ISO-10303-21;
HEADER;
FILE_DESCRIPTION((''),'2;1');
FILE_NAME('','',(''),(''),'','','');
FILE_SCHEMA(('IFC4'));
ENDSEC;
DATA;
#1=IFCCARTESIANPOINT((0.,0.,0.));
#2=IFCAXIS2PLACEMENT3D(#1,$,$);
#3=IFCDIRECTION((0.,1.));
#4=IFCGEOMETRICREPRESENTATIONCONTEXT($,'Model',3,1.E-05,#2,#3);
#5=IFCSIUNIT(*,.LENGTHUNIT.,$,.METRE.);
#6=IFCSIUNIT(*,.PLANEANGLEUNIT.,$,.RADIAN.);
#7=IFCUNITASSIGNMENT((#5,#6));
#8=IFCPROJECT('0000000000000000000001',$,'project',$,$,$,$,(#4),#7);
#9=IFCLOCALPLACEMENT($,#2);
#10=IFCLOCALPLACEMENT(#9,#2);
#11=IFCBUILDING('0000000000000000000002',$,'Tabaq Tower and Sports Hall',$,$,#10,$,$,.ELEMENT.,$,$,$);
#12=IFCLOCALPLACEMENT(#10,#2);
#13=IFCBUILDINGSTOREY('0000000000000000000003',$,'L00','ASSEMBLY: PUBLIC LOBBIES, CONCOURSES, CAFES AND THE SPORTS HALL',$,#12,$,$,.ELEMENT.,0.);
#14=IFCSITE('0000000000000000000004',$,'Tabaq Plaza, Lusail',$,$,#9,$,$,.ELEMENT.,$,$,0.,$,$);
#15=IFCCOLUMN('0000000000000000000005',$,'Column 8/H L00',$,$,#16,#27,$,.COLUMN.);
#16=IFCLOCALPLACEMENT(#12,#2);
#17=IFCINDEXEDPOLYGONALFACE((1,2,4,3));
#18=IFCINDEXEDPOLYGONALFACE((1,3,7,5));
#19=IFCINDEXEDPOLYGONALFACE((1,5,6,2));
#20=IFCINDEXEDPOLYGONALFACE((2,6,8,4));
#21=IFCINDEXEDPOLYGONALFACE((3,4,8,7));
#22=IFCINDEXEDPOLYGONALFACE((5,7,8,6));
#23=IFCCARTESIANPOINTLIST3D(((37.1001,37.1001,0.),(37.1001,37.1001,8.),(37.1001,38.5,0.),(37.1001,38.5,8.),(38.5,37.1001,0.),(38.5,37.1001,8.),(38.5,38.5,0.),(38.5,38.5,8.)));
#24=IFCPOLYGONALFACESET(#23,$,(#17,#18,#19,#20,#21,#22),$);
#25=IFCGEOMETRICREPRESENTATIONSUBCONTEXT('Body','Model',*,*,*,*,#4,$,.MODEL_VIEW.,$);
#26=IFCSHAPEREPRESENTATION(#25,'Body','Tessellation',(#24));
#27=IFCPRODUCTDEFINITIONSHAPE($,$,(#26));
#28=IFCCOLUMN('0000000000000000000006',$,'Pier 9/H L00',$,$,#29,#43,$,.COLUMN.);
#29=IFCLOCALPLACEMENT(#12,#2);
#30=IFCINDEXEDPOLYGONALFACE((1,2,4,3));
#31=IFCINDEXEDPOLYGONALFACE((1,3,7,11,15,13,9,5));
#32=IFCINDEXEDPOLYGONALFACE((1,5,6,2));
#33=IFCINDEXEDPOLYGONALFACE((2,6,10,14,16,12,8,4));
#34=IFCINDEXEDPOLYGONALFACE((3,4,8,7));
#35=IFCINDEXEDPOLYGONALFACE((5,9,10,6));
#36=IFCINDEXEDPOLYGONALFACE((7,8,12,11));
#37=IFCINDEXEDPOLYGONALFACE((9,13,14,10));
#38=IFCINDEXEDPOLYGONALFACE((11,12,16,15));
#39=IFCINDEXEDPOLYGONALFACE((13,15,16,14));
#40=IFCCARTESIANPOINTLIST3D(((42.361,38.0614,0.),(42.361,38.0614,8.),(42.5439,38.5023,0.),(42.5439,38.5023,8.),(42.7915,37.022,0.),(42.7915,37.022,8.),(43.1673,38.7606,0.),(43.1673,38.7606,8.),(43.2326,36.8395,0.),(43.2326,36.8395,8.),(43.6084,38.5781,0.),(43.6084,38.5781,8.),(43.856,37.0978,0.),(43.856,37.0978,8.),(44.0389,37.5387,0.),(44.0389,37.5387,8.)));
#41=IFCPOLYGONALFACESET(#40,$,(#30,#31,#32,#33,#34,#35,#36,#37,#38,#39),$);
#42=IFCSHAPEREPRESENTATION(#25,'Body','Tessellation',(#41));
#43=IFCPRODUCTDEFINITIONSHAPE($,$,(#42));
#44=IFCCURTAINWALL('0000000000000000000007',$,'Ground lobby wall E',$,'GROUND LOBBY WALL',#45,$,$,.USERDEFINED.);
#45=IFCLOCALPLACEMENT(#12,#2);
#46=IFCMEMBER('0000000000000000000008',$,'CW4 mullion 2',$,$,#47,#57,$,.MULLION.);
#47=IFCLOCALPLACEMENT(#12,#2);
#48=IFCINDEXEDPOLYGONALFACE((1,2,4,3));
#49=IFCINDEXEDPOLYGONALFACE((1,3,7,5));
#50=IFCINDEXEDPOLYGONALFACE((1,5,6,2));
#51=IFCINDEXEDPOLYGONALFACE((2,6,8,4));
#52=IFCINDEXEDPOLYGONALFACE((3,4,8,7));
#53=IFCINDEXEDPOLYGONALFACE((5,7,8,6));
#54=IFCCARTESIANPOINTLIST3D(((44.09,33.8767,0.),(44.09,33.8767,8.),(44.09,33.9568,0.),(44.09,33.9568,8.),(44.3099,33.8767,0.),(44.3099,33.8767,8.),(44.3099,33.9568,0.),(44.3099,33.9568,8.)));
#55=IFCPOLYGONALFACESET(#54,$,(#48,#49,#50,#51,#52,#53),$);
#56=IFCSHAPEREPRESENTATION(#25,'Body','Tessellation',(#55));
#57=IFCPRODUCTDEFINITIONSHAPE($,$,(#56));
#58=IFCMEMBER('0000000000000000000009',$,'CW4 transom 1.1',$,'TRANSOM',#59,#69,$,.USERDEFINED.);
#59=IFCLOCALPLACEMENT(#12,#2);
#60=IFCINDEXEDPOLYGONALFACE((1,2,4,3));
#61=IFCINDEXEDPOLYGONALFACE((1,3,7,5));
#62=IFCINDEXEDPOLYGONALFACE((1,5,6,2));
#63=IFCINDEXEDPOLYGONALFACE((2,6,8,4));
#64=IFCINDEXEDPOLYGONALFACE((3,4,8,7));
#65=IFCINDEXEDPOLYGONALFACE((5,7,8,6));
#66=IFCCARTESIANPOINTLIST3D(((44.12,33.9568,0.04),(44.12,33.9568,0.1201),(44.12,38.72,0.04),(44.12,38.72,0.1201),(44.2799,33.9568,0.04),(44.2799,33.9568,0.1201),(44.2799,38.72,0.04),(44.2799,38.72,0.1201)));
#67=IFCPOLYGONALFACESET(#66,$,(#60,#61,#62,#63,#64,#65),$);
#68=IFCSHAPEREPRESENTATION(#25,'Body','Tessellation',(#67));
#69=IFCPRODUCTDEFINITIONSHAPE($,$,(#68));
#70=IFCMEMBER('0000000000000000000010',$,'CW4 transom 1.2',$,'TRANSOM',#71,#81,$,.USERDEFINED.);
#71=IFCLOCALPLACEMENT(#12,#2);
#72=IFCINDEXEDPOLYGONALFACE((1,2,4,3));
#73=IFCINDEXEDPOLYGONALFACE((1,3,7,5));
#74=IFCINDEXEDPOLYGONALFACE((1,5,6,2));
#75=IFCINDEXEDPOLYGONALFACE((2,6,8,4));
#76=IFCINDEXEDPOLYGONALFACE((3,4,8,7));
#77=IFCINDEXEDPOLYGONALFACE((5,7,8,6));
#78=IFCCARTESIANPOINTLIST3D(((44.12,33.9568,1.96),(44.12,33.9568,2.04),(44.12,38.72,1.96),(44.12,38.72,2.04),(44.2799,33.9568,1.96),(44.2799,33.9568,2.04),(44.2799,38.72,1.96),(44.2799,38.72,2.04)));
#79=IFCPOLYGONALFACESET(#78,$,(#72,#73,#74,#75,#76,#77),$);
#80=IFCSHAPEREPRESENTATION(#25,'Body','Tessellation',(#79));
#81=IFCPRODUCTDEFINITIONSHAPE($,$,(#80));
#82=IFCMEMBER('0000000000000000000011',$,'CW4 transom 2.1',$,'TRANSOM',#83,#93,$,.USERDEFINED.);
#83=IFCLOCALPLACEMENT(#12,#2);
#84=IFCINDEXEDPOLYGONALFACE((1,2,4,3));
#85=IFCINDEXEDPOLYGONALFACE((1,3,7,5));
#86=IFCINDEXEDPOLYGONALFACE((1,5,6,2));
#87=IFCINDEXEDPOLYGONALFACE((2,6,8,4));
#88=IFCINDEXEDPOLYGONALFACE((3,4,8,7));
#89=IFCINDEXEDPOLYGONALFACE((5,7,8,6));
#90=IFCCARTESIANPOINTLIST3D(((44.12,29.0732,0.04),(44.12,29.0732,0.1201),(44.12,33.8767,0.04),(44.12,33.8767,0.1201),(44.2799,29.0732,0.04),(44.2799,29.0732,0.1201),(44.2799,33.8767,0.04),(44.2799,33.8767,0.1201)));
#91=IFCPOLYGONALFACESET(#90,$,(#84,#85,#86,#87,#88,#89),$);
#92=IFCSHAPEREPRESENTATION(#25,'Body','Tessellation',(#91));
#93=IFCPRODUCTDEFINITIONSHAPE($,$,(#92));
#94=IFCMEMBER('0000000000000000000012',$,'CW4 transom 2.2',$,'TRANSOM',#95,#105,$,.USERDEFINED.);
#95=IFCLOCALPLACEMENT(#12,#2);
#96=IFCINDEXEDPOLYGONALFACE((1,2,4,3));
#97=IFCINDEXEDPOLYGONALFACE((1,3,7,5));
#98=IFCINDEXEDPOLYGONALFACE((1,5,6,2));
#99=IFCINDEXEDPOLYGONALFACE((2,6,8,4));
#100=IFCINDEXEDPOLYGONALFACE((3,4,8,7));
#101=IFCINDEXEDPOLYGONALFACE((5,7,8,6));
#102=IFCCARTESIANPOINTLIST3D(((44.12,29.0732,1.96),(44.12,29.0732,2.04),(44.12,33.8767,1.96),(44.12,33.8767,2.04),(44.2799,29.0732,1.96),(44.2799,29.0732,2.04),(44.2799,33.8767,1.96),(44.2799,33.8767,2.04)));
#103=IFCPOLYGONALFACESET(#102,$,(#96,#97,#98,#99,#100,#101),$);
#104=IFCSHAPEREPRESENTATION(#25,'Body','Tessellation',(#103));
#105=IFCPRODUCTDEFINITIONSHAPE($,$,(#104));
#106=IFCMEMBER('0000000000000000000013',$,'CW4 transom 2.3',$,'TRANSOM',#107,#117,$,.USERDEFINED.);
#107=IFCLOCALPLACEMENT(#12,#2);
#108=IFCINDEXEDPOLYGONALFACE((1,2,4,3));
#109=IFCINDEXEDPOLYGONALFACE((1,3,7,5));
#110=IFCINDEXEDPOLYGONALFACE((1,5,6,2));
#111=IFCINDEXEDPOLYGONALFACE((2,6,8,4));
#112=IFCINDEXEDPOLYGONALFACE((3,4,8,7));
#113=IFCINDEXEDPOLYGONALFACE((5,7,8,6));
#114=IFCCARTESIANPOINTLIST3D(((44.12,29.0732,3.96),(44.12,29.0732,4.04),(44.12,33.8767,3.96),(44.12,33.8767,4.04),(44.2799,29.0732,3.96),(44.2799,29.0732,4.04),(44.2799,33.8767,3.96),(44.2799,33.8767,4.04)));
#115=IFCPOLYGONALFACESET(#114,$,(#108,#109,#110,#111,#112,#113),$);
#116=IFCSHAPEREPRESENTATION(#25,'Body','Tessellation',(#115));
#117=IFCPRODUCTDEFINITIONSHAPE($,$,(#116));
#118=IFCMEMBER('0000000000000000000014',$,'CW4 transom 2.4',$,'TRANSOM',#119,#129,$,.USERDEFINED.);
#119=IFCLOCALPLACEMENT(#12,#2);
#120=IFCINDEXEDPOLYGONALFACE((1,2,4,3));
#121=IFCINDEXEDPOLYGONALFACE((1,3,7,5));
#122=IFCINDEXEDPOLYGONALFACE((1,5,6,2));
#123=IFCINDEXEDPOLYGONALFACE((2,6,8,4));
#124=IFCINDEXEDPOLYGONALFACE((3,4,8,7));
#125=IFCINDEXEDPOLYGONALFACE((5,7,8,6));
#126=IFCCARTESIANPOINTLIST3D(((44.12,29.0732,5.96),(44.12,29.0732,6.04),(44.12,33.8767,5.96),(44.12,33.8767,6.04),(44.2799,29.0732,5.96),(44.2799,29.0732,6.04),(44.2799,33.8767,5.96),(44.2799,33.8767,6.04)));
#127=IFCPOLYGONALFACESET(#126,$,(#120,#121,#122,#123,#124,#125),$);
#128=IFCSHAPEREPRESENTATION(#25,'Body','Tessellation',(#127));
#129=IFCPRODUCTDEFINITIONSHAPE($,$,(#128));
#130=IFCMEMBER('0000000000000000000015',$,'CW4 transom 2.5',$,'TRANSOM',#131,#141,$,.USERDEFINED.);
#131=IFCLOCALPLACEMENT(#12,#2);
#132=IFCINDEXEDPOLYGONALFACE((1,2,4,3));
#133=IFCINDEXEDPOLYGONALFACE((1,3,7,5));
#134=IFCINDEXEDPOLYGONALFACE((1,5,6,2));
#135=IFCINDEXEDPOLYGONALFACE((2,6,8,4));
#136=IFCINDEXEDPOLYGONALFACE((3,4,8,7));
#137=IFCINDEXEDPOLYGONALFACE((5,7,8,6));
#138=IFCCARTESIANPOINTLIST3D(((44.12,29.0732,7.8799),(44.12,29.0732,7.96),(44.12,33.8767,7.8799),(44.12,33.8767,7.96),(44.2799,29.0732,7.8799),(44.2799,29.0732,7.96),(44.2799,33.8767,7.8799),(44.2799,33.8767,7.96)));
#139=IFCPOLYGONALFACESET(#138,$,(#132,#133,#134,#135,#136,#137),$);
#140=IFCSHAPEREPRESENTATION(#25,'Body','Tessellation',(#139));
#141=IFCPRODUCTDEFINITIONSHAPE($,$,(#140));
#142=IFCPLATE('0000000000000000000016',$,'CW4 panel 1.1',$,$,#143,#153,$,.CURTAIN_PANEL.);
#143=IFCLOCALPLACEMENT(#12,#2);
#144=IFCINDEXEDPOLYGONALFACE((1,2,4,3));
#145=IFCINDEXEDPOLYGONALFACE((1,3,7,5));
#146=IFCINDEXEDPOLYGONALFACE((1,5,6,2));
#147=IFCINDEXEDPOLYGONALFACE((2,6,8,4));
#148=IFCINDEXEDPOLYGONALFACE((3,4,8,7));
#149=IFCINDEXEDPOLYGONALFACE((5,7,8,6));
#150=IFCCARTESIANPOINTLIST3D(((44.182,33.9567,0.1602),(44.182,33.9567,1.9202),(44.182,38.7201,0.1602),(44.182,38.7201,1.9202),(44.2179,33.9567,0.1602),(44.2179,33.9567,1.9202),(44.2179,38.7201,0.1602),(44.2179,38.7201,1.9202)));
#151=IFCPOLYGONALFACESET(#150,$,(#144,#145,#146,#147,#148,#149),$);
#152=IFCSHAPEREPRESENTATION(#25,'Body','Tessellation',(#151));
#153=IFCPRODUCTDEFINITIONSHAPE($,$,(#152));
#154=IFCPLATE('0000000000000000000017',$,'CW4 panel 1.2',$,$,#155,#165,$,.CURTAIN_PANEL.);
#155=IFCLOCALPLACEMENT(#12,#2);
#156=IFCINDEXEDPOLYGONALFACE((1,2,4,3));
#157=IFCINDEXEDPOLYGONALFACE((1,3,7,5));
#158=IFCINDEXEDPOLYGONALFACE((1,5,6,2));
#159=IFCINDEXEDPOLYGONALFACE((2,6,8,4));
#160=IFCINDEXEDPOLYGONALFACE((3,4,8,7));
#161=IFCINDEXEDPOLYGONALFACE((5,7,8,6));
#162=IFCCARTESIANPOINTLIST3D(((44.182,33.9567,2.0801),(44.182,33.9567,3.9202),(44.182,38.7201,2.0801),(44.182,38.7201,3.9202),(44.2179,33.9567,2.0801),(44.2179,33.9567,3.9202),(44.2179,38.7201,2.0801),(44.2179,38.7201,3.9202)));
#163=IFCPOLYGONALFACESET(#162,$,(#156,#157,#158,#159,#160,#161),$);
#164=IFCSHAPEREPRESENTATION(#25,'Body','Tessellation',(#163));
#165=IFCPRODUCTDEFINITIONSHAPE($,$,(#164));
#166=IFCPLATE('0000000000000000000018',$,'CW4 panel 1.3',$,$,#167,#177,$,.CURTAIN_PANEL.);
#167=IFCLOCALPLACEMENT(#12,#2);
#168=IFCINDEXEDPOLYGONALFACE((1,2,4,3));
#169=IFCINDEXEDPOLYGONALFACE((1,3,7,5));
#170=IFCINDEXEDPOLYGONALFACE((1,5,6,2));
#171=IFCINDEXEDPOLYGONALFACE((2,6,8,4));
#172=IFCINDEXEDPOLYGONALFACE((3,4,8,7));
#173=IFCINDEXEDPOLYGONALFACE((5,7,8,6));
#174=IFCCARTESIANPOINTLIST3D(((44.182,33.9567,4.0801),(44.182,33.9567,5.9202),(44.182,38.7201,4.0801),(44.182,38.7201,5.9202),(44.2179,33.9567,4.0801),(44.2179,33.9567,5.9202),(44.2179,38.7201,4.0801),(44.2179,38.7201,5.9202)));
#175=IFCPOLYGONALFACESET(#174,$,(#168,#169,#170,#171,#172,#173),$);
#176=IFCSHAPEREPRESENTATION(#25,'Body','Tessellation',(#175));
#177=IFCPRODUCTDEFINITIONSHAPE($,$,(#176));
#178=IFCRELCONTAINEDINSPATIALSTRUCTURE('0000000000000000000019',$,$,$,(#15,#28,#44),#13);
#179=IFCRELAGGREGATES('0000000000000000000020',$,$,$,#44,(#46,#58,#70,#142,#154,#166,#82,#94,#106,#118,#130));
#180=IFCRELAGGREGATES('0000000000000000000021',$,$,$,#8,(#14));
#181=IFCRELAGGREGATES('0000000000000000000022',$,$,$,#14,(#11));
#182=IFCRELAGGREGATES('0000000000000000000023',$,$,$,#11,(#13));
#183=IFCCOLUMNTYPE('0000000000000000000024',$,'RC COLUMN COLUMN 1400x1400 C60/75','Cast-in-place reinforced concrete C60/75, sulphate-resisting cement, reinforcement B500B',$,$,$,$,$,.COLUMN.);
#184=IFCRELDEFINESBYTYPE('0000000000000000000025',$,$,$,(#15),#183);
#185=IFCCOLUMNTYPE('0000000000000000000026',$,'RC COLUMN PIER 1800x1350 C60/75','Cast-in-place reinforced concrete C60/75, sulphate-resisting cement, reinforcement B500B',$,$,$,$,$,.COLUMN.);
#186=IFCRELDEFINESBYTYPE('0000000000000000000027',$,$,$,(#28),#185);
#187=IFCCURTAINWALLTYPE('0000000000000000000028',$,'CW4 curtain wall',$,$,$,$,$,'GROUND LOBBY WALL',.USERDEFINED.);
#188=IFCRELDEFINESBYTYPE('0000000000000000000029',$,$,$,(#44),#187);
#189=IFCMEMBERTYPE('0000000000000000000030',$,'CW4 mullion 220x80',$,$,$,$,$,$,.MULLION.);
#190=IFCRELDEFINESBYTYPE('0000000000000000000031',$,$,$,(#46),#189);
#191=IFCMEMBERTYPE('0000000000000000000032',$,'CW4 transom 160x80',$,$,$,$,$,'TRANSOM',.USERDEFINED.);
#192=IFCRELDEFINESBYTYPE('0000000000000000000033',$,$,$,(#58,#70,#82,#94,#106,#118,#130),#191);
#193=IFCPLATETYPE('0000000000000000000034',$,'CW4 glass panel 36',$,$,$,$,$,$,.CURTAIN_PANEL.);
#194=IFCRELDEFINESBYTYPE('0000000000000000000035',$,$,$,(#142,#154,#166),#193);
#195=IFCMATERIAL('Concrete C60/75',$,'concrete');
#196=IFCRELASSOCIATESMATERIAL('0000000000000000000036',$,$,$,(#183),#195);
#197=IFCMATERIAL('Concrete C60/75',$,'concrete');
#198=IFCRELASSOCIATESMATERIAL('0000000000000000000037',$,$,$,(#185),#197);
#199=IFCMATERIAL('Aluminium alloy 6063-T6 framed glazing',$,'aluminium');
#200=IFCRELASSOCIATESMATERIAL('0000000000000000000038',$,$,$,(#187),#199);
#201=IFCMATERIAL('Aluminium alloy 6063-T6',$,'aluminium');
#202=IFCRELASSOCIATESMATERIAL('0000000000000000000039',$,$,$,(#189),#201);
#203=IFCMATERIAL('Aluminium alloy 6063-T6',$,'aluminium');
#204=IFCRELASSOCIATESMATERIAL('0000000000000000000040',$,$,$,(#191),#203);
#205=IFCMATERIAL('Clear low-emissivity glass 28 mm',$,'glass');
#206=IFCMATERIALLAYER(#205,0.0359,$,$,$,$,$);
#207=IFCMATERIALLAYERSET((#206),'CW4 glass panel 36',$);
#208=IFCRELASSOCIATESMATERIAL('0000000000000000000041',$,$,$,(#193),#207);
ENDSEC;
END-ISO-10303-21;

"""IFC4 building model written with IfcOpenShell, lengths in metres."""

from ifc_helpers import new_model, si_unit, direction, frame, origin, origin_2d, place, context, subcontext, project, spatial, polyline, rectangle, outline, extrude, material, layer, layer_set, material_profile, profile_set, type_object, element, aggregate, save


model = new_model("IFC4")

# Units and contexts
model_context = context("Model", 3, precision=1e-05, world=origin(), true_north=direction((0.0, 1.0)))
body_context = subcontext(model_context, "Body", "Model", "MODEL_VIEW")
ifc_project = project(units=[si_unit("LENGTHUNIT", "METRE"), si_unit("PLANEANGLEUNIT", "RADIAN")], contexts=[model_context])

# Site, building, storey
site_placement = place(None, origin())
site = spatial("IfcSite", under=ifc_project, at=site_placement, Name="Tabaq Plaza, Lusail", CompositionType="ELEMENT", RefElevation=0.0)
building_placement = place(site_placement, origin())
building = spatial("IfcBuilding", under=site, at=building_placement, Name="Tabaq Tower and Sports Hall", CompositionType="ELEMENT")
storey_placement = place(building_placement, origin())
storey = spatial("IfcBuildingStorey", under=building, at=storey_placement, Name="L00", Description="ASSEMBLY: PUBLIC LOBBIES, CONCOURSES, CAFES AND THE SPORTS HALL", CompositionType="ELEMENT", Elevation=0.0)

# Columns
ifc_material_1 = material(Name="Concrete C60/75", Category="concrete")
ifc_material_profile_1 = material_profile(ifc_material_1, rectangle(XDim=1.3999, YDim=1.3999, at=origin_2d()), Name="COLUMN 1400x1400")
ifc_profile_set_1 = profile_set([ifc_material_profile_1], Name="Concrete C60/75")
column_type_1 = type_object("IfcColumnType", Name="RC COLUMN COLUMN 1400x1400 C60/75", Description="Cast-in-place reinforced concrete C60/75, sulphate-resisting cement, reinforcement B500B", PredefinedType="COLUMN", material=ifc_profile_set_1)
column_1_placement = place(storey_placement, frame((37.8, 37.8, 0.0), z_axis=(0.0, 0.0, 1.0), x_axis=(1.0, 0.0, 0.0)))
element("IfcColumn", 1, at=column_1_placement, inside=storey, type_object=column_type_1, Name="Column 8/H L00", PredefinedType="COLUMN", context=body_context, shape_type="SweptSolid", body=[
    extrude(rectangle(XDim=1.3999, YDim=1.3999, at=origin_2d()), origin(), (0.0, 0.0, 1.0), 8.0),
])
ifc_material_2 = material(Name="Concrete C60/75", Category="concrete")
ifc_material_profile_2 = material_profile(ifc_material_2, outline(polyline([(-0.5625, -0.675), (0.5625, -0.675), (0.8999, -0.3374), (0.8999, 0.3374), (0.5625, 0.675), (-0.5625, 0.675), (-0.8999, 0.3374), (-0.8999, -0.3374), (-0.5625, -0.675)])), Name="PIER 1800x1350")
ifc_profile_set_2 = profile_set([ifc_material_profile_2], Name="Concrete C60/75")
column_type_2 = type_object("IfcColumnType", Name="RC COLUMN PIER 1800x1350 C60/75", Description="Cast-in-place reinforced concrete C60/75, sulphate-resisting cement, reinforcement B500B", PredefinedType="COLUMN", material=ifc_profile_set_2)
column_2_placement = place(storey_placement, frame((43.2, 37.8, 0.0), z_axis=(0.0, 0.0, 1.0), x_axis=(-0.382683, 0.92388, 0.0)))
element("IfcColumn", 2, at=column_2_placement, inside=storey, type_object=column_type_2, Name="Pier 9/H L00", PredefinedType="COLUMN", context=body_context, shape_type="SweptSolid", body=[
    extrude(outline(polyline([(-0.5625, -0.675), (0.5625, -0.675), (0.8999, -0.3374), (0.8999, 0.3374), (0.5625, 0.675), (-0.5625, 0.675), (-0.8999, 0.3374), (-0.8999, -0.3374), (-0.5625, -0.675)])), origin(), (0.0, 0.0, 1.0), 8.0),
])

# Curtain wall, members, plates
ifc_material_3 = material(Name="Aluminium alloy 6063-T6 framed glazing", Category="aluminium")
curtain_wall_type = type_object("IfcCurtainWallType", Name="CW4 curtain wall", ElementType="GROUND LOBBY WALL", PredefinedType="USERDEFINED", material=ifc_material_3)
curtain_wall_placement = place(storey_placement, origin())
curtain_wall = element("IfcCurtainWall", 3, at=curtain_wall_placement, inside=storey, type_object=curtain_wall_type, Name="Ground lobby wall E", ObjectType="GROUND LOBBY WALL", PredefinedType="USERDEFINED")
ifc_material_4 = material(Name="Aluminium alloy 6063-T6", Category="aluminium")
ifc_material_profile_3 = material_profile(ifc_material_4, rectangle(XDim=0.22, YDim=0.0801, at=origin_2d()), Name="MULLION 220x80")
ifc_profile_set_3 = profile_set([ifc_material_profile_3], Name="Aluminium alloy 6063-T6")
member_type_1 = type_object("IfcMemberType", Name="CW4 mullion 220x80", PredefinedType="MULLION", material=ifc_profile_set_3)
member_1_placement = place(storey_placement, frame((44.2, 33.9167, 0.0), z_axis=(0.0, 0.0, 1.0), x_axis=(1.0, 0.0, 0.0)))
member_1 = element("IfcMember", 4, at=member_1_placement, type_object=member_type_1, Name="CW4 mullion 2", PredefinedType="MULLION", context=body_context, shape_type="SweptSolid", body=[
    extrude(rectangle(XDim=0.22, YDim=0.0801, at=origin_2d()), origin(), (0.0, 0.0, 1.0), 8.0),
])
ifc_material_5 = material(Name="Aluminium alloy 6063-T6", Category="aluminium")
ifc_material_profile_4 = material_profile(ifc_material_5, rectangle(XDim=0.1599, YDim=0.0801, at=origin_2d()), Name="TRANSOM 160x80")
ifc_profile_set_4 = profile_set([ifc_material_profile_4], Name="Aluminium alloy 6063-T6")
member_type_2 = type_object("IfcMemberType", Name="CW4 transom 160x80", ElementType="TRANSOM", PredefinedType="USERDEFINED", material=ifc_profile_set_4)
member_2_placement = place(storey_placement, frame((44.2, 38.72, 0.0801), z_axis=(0.0, -1.0, 0.0), x_axis=(1.0, 0.0, 0.0)))
member_2 = element("IfcMember", 5, at=member_2_placement, type_object=member_type_2, Name="CW4 transom 1.1", ObjectType="TRANSOM", PredefinedType="USERDEFINED", context=body_context, shape_type="SweptSolid", body=[
    extrude(rectangle(XDim=0.1599, YDim=0.0801, at=origin_2d()), origin(), (0.0, 0.0, 1.0), 4.7632),
])
member_3_placement = place(storey_placement, frame((44.2, 38.72, 2.0), z_axis=(0.0, -1.0, 0.0), x_axis=(1.0, 0.0, 0.0)))
member_3 = element("IfcMember", 6, at=member_3_placement, type_object=member_type_2, Name="CW4 transom 1.2", ObjectType="TRANSOM", PredefinedType="USERDEFINED", context=body_context, shape_type="SweptSolid", body=[
    extrude(rectangle(XDim=0.1599, YDim=0.0801, at=origin_2d()), origin(), (0.0, 0.0, 1.0), 4.7632),
])
member_4_placement = place(storey_placement, frame((44.2, 33.8767, 0.0801), z_axis=(0.0, -1.0, 0.0), x_axis=(1.0, 0.0, 0.0)))
member_4 = element("IfcMember", 7, at=member_4_placement, type_object=member_type_2, Name="CW4 transom 2.1", ObjectType="TRANSOM", PredefinedType="USERDEFINED", context=body_context, shape_type="SweptSolid", body=[
    extrude(rectangle(XDim=0.1599, YDim=0.0801, at=origin_2d()), origin(), (0.0, 0.0, 1.0), 4.8035),
])
member_5_placement = place(storey_placement, frame((44.2, 33.8767, 2.0), z_axis=(0.0, -1.0, 0.0), x_axis=(1.0, 0.0, 0.0)))
member_5 = element("IfcMember", 8, at=member_5_placement, type_object=member_type_2, Name="CW4 transom 2.2", ObjectType="TRANSOM", PredefinedType="USERDEFINED", context=body_context, shape_type="SweptSolid", body=[
    extrude(rectangle(XDim=0.1599, YDim=0.0801, at=origin_2d()), origin(), (0.0, 0.0, 1.0), 4.8035),
])
member_6_placement = place(storey_placement, frame((44.2, 33.8767, 4.0), z_axis=(0.0, -1.0, 0.0), x_axis=(1.0, 0.0, 0.0)))
member_6 = element("IfcMember", 9, at=member_6_placement, type_object=member_type_2, Name="CW4 transom 2.3", ObjectType="TRANSOM", PredefinedType="USERDEFINED", context=body_context, shape_type="SweptSolid", body=[
    extrude(rectangle(XDim=0.1599, YDim=0.0801, at=origin_2d()), origin(), (0.0, 0.0, 1.0), 4.8035),
])
member_7_placement = place(storey_placement, frame((44.2, 33.8767, 6.0), z_axis=(0.0, -1.0, 0.0), x_axis=(1.0, 0.0, 0.0)))
member_7 = element("IfcMember", 10, at=member_7_placement, type_object=member_type_2, Name="CW4 transom 2.4", ObjectType="TRANSOM", PredefinedType="USERDEFINED", context=body_context, shape_type="SweptSolid", body=[
    extrude(rectangle(XDim=0.1599, YDim=0.0801, at=origin_2d()), origin(), (0.0, 0.0, 1.0), 4.8035),
])
member_8_placement = place(storey_placement, frame((44.2, 33.8767, 7.9199), z_axis=(0.0, -1.0, 0.0), x_axis=(1.0, 0.0, 0.0)))
member_8 = element("IfcMember", 11, at=member_8_placement, type_object=member_type_2, Name="CW4 transom 2.5", ObjectType="TRANSOM", PredefinedType="USERDEFINED", context=body_context, shape_type="SweptSolid", body=[
    extrude(rectangle(XDim=0.1599, YDim=0.0801, at=origin_2d()), origin(), (0.0, 0.0, 1.0), 4.8035),
])
ifc_material_6 = material(Name="Clear low-emissivity glass 28 mm", Category="glass")
ifc_layer_1 = layer(ifc_material_6, 0.0359)
ifc_layer_set_1 = layer_set([ifc_layer_1], Name="CW4 glass panel 36")
plate_type = type_object("IfcPlateType", Name="CW4 glass panel 36", PredefinedType="CURTAIN_PANEL", material=ifc_layer_set_1)
plate_1_placement = place(storey_placement, frame((44.2, 36.3384, 0.1602), z_axis=(0.0, 0.0, 1.0), x_axis=(0.0, -1.0, 0.0)))
plate_1 = element("IfcPlate", 12, at=plate_1_placement, type_object=plate_type, Name="CW4 panel 1.1", PredefinedType="CURTAIN_PANEL", context=body_context, shape_type="SweptSolid", body=[
    extrude(rectangle(XDim=4.7634, YDim=0.0359, at=origin_2d()), origin(), (0.0, 0.0, 1.0), 1.76),
])
plate_2_placement = place(storey_placement, frame((44.2, 36.3384, 2.0801), z_axis=(0.0, 0.0, 1.0), x_axis=(0.0, -1.0, 0.0)))
plate_2 = element("IfcPlate", 13, at=plate_2_placement, type_object=plate_type, Name="CW4 panel 1.2", PredefinedType="CURTAIN_PANEL", context=body_context, shape_type="SweptSolid", body=[
    extrude(rectangle(XDim=4.7634, YDim=0.0359, at=origin_2d()), origin(), (0.0, 0.0, 1.0), 1.8401),
])
plate_3_placement = place(storey_placement, frame((44.2, 36.3384, 4.0801), z_axis=(0.0, 0.0, 1.0), x_axis=(0.0, -1.0, 0.0)))
plate_3 = element("IfcPlate", 14, at=plate_3_placement, type_object=plate_type, Name="CW4 panel 1.3", PredefinedType="CURTAIN_PANEL", context=body_context, shape_type="SweptSolid", body=[
    extrude(rectangle(XDim=4.7634, YDim=0.0359, at=origin_2d()), origin(), (0.0, 0.0, 1.0), 1.8401),
])
aggregate(curtain_wall, [member_1, member_2, member_3, plate_1, plate_2, plate_3, member_4, member_5, member_6, member_7, member_8])

save(model, "model.ifc")
